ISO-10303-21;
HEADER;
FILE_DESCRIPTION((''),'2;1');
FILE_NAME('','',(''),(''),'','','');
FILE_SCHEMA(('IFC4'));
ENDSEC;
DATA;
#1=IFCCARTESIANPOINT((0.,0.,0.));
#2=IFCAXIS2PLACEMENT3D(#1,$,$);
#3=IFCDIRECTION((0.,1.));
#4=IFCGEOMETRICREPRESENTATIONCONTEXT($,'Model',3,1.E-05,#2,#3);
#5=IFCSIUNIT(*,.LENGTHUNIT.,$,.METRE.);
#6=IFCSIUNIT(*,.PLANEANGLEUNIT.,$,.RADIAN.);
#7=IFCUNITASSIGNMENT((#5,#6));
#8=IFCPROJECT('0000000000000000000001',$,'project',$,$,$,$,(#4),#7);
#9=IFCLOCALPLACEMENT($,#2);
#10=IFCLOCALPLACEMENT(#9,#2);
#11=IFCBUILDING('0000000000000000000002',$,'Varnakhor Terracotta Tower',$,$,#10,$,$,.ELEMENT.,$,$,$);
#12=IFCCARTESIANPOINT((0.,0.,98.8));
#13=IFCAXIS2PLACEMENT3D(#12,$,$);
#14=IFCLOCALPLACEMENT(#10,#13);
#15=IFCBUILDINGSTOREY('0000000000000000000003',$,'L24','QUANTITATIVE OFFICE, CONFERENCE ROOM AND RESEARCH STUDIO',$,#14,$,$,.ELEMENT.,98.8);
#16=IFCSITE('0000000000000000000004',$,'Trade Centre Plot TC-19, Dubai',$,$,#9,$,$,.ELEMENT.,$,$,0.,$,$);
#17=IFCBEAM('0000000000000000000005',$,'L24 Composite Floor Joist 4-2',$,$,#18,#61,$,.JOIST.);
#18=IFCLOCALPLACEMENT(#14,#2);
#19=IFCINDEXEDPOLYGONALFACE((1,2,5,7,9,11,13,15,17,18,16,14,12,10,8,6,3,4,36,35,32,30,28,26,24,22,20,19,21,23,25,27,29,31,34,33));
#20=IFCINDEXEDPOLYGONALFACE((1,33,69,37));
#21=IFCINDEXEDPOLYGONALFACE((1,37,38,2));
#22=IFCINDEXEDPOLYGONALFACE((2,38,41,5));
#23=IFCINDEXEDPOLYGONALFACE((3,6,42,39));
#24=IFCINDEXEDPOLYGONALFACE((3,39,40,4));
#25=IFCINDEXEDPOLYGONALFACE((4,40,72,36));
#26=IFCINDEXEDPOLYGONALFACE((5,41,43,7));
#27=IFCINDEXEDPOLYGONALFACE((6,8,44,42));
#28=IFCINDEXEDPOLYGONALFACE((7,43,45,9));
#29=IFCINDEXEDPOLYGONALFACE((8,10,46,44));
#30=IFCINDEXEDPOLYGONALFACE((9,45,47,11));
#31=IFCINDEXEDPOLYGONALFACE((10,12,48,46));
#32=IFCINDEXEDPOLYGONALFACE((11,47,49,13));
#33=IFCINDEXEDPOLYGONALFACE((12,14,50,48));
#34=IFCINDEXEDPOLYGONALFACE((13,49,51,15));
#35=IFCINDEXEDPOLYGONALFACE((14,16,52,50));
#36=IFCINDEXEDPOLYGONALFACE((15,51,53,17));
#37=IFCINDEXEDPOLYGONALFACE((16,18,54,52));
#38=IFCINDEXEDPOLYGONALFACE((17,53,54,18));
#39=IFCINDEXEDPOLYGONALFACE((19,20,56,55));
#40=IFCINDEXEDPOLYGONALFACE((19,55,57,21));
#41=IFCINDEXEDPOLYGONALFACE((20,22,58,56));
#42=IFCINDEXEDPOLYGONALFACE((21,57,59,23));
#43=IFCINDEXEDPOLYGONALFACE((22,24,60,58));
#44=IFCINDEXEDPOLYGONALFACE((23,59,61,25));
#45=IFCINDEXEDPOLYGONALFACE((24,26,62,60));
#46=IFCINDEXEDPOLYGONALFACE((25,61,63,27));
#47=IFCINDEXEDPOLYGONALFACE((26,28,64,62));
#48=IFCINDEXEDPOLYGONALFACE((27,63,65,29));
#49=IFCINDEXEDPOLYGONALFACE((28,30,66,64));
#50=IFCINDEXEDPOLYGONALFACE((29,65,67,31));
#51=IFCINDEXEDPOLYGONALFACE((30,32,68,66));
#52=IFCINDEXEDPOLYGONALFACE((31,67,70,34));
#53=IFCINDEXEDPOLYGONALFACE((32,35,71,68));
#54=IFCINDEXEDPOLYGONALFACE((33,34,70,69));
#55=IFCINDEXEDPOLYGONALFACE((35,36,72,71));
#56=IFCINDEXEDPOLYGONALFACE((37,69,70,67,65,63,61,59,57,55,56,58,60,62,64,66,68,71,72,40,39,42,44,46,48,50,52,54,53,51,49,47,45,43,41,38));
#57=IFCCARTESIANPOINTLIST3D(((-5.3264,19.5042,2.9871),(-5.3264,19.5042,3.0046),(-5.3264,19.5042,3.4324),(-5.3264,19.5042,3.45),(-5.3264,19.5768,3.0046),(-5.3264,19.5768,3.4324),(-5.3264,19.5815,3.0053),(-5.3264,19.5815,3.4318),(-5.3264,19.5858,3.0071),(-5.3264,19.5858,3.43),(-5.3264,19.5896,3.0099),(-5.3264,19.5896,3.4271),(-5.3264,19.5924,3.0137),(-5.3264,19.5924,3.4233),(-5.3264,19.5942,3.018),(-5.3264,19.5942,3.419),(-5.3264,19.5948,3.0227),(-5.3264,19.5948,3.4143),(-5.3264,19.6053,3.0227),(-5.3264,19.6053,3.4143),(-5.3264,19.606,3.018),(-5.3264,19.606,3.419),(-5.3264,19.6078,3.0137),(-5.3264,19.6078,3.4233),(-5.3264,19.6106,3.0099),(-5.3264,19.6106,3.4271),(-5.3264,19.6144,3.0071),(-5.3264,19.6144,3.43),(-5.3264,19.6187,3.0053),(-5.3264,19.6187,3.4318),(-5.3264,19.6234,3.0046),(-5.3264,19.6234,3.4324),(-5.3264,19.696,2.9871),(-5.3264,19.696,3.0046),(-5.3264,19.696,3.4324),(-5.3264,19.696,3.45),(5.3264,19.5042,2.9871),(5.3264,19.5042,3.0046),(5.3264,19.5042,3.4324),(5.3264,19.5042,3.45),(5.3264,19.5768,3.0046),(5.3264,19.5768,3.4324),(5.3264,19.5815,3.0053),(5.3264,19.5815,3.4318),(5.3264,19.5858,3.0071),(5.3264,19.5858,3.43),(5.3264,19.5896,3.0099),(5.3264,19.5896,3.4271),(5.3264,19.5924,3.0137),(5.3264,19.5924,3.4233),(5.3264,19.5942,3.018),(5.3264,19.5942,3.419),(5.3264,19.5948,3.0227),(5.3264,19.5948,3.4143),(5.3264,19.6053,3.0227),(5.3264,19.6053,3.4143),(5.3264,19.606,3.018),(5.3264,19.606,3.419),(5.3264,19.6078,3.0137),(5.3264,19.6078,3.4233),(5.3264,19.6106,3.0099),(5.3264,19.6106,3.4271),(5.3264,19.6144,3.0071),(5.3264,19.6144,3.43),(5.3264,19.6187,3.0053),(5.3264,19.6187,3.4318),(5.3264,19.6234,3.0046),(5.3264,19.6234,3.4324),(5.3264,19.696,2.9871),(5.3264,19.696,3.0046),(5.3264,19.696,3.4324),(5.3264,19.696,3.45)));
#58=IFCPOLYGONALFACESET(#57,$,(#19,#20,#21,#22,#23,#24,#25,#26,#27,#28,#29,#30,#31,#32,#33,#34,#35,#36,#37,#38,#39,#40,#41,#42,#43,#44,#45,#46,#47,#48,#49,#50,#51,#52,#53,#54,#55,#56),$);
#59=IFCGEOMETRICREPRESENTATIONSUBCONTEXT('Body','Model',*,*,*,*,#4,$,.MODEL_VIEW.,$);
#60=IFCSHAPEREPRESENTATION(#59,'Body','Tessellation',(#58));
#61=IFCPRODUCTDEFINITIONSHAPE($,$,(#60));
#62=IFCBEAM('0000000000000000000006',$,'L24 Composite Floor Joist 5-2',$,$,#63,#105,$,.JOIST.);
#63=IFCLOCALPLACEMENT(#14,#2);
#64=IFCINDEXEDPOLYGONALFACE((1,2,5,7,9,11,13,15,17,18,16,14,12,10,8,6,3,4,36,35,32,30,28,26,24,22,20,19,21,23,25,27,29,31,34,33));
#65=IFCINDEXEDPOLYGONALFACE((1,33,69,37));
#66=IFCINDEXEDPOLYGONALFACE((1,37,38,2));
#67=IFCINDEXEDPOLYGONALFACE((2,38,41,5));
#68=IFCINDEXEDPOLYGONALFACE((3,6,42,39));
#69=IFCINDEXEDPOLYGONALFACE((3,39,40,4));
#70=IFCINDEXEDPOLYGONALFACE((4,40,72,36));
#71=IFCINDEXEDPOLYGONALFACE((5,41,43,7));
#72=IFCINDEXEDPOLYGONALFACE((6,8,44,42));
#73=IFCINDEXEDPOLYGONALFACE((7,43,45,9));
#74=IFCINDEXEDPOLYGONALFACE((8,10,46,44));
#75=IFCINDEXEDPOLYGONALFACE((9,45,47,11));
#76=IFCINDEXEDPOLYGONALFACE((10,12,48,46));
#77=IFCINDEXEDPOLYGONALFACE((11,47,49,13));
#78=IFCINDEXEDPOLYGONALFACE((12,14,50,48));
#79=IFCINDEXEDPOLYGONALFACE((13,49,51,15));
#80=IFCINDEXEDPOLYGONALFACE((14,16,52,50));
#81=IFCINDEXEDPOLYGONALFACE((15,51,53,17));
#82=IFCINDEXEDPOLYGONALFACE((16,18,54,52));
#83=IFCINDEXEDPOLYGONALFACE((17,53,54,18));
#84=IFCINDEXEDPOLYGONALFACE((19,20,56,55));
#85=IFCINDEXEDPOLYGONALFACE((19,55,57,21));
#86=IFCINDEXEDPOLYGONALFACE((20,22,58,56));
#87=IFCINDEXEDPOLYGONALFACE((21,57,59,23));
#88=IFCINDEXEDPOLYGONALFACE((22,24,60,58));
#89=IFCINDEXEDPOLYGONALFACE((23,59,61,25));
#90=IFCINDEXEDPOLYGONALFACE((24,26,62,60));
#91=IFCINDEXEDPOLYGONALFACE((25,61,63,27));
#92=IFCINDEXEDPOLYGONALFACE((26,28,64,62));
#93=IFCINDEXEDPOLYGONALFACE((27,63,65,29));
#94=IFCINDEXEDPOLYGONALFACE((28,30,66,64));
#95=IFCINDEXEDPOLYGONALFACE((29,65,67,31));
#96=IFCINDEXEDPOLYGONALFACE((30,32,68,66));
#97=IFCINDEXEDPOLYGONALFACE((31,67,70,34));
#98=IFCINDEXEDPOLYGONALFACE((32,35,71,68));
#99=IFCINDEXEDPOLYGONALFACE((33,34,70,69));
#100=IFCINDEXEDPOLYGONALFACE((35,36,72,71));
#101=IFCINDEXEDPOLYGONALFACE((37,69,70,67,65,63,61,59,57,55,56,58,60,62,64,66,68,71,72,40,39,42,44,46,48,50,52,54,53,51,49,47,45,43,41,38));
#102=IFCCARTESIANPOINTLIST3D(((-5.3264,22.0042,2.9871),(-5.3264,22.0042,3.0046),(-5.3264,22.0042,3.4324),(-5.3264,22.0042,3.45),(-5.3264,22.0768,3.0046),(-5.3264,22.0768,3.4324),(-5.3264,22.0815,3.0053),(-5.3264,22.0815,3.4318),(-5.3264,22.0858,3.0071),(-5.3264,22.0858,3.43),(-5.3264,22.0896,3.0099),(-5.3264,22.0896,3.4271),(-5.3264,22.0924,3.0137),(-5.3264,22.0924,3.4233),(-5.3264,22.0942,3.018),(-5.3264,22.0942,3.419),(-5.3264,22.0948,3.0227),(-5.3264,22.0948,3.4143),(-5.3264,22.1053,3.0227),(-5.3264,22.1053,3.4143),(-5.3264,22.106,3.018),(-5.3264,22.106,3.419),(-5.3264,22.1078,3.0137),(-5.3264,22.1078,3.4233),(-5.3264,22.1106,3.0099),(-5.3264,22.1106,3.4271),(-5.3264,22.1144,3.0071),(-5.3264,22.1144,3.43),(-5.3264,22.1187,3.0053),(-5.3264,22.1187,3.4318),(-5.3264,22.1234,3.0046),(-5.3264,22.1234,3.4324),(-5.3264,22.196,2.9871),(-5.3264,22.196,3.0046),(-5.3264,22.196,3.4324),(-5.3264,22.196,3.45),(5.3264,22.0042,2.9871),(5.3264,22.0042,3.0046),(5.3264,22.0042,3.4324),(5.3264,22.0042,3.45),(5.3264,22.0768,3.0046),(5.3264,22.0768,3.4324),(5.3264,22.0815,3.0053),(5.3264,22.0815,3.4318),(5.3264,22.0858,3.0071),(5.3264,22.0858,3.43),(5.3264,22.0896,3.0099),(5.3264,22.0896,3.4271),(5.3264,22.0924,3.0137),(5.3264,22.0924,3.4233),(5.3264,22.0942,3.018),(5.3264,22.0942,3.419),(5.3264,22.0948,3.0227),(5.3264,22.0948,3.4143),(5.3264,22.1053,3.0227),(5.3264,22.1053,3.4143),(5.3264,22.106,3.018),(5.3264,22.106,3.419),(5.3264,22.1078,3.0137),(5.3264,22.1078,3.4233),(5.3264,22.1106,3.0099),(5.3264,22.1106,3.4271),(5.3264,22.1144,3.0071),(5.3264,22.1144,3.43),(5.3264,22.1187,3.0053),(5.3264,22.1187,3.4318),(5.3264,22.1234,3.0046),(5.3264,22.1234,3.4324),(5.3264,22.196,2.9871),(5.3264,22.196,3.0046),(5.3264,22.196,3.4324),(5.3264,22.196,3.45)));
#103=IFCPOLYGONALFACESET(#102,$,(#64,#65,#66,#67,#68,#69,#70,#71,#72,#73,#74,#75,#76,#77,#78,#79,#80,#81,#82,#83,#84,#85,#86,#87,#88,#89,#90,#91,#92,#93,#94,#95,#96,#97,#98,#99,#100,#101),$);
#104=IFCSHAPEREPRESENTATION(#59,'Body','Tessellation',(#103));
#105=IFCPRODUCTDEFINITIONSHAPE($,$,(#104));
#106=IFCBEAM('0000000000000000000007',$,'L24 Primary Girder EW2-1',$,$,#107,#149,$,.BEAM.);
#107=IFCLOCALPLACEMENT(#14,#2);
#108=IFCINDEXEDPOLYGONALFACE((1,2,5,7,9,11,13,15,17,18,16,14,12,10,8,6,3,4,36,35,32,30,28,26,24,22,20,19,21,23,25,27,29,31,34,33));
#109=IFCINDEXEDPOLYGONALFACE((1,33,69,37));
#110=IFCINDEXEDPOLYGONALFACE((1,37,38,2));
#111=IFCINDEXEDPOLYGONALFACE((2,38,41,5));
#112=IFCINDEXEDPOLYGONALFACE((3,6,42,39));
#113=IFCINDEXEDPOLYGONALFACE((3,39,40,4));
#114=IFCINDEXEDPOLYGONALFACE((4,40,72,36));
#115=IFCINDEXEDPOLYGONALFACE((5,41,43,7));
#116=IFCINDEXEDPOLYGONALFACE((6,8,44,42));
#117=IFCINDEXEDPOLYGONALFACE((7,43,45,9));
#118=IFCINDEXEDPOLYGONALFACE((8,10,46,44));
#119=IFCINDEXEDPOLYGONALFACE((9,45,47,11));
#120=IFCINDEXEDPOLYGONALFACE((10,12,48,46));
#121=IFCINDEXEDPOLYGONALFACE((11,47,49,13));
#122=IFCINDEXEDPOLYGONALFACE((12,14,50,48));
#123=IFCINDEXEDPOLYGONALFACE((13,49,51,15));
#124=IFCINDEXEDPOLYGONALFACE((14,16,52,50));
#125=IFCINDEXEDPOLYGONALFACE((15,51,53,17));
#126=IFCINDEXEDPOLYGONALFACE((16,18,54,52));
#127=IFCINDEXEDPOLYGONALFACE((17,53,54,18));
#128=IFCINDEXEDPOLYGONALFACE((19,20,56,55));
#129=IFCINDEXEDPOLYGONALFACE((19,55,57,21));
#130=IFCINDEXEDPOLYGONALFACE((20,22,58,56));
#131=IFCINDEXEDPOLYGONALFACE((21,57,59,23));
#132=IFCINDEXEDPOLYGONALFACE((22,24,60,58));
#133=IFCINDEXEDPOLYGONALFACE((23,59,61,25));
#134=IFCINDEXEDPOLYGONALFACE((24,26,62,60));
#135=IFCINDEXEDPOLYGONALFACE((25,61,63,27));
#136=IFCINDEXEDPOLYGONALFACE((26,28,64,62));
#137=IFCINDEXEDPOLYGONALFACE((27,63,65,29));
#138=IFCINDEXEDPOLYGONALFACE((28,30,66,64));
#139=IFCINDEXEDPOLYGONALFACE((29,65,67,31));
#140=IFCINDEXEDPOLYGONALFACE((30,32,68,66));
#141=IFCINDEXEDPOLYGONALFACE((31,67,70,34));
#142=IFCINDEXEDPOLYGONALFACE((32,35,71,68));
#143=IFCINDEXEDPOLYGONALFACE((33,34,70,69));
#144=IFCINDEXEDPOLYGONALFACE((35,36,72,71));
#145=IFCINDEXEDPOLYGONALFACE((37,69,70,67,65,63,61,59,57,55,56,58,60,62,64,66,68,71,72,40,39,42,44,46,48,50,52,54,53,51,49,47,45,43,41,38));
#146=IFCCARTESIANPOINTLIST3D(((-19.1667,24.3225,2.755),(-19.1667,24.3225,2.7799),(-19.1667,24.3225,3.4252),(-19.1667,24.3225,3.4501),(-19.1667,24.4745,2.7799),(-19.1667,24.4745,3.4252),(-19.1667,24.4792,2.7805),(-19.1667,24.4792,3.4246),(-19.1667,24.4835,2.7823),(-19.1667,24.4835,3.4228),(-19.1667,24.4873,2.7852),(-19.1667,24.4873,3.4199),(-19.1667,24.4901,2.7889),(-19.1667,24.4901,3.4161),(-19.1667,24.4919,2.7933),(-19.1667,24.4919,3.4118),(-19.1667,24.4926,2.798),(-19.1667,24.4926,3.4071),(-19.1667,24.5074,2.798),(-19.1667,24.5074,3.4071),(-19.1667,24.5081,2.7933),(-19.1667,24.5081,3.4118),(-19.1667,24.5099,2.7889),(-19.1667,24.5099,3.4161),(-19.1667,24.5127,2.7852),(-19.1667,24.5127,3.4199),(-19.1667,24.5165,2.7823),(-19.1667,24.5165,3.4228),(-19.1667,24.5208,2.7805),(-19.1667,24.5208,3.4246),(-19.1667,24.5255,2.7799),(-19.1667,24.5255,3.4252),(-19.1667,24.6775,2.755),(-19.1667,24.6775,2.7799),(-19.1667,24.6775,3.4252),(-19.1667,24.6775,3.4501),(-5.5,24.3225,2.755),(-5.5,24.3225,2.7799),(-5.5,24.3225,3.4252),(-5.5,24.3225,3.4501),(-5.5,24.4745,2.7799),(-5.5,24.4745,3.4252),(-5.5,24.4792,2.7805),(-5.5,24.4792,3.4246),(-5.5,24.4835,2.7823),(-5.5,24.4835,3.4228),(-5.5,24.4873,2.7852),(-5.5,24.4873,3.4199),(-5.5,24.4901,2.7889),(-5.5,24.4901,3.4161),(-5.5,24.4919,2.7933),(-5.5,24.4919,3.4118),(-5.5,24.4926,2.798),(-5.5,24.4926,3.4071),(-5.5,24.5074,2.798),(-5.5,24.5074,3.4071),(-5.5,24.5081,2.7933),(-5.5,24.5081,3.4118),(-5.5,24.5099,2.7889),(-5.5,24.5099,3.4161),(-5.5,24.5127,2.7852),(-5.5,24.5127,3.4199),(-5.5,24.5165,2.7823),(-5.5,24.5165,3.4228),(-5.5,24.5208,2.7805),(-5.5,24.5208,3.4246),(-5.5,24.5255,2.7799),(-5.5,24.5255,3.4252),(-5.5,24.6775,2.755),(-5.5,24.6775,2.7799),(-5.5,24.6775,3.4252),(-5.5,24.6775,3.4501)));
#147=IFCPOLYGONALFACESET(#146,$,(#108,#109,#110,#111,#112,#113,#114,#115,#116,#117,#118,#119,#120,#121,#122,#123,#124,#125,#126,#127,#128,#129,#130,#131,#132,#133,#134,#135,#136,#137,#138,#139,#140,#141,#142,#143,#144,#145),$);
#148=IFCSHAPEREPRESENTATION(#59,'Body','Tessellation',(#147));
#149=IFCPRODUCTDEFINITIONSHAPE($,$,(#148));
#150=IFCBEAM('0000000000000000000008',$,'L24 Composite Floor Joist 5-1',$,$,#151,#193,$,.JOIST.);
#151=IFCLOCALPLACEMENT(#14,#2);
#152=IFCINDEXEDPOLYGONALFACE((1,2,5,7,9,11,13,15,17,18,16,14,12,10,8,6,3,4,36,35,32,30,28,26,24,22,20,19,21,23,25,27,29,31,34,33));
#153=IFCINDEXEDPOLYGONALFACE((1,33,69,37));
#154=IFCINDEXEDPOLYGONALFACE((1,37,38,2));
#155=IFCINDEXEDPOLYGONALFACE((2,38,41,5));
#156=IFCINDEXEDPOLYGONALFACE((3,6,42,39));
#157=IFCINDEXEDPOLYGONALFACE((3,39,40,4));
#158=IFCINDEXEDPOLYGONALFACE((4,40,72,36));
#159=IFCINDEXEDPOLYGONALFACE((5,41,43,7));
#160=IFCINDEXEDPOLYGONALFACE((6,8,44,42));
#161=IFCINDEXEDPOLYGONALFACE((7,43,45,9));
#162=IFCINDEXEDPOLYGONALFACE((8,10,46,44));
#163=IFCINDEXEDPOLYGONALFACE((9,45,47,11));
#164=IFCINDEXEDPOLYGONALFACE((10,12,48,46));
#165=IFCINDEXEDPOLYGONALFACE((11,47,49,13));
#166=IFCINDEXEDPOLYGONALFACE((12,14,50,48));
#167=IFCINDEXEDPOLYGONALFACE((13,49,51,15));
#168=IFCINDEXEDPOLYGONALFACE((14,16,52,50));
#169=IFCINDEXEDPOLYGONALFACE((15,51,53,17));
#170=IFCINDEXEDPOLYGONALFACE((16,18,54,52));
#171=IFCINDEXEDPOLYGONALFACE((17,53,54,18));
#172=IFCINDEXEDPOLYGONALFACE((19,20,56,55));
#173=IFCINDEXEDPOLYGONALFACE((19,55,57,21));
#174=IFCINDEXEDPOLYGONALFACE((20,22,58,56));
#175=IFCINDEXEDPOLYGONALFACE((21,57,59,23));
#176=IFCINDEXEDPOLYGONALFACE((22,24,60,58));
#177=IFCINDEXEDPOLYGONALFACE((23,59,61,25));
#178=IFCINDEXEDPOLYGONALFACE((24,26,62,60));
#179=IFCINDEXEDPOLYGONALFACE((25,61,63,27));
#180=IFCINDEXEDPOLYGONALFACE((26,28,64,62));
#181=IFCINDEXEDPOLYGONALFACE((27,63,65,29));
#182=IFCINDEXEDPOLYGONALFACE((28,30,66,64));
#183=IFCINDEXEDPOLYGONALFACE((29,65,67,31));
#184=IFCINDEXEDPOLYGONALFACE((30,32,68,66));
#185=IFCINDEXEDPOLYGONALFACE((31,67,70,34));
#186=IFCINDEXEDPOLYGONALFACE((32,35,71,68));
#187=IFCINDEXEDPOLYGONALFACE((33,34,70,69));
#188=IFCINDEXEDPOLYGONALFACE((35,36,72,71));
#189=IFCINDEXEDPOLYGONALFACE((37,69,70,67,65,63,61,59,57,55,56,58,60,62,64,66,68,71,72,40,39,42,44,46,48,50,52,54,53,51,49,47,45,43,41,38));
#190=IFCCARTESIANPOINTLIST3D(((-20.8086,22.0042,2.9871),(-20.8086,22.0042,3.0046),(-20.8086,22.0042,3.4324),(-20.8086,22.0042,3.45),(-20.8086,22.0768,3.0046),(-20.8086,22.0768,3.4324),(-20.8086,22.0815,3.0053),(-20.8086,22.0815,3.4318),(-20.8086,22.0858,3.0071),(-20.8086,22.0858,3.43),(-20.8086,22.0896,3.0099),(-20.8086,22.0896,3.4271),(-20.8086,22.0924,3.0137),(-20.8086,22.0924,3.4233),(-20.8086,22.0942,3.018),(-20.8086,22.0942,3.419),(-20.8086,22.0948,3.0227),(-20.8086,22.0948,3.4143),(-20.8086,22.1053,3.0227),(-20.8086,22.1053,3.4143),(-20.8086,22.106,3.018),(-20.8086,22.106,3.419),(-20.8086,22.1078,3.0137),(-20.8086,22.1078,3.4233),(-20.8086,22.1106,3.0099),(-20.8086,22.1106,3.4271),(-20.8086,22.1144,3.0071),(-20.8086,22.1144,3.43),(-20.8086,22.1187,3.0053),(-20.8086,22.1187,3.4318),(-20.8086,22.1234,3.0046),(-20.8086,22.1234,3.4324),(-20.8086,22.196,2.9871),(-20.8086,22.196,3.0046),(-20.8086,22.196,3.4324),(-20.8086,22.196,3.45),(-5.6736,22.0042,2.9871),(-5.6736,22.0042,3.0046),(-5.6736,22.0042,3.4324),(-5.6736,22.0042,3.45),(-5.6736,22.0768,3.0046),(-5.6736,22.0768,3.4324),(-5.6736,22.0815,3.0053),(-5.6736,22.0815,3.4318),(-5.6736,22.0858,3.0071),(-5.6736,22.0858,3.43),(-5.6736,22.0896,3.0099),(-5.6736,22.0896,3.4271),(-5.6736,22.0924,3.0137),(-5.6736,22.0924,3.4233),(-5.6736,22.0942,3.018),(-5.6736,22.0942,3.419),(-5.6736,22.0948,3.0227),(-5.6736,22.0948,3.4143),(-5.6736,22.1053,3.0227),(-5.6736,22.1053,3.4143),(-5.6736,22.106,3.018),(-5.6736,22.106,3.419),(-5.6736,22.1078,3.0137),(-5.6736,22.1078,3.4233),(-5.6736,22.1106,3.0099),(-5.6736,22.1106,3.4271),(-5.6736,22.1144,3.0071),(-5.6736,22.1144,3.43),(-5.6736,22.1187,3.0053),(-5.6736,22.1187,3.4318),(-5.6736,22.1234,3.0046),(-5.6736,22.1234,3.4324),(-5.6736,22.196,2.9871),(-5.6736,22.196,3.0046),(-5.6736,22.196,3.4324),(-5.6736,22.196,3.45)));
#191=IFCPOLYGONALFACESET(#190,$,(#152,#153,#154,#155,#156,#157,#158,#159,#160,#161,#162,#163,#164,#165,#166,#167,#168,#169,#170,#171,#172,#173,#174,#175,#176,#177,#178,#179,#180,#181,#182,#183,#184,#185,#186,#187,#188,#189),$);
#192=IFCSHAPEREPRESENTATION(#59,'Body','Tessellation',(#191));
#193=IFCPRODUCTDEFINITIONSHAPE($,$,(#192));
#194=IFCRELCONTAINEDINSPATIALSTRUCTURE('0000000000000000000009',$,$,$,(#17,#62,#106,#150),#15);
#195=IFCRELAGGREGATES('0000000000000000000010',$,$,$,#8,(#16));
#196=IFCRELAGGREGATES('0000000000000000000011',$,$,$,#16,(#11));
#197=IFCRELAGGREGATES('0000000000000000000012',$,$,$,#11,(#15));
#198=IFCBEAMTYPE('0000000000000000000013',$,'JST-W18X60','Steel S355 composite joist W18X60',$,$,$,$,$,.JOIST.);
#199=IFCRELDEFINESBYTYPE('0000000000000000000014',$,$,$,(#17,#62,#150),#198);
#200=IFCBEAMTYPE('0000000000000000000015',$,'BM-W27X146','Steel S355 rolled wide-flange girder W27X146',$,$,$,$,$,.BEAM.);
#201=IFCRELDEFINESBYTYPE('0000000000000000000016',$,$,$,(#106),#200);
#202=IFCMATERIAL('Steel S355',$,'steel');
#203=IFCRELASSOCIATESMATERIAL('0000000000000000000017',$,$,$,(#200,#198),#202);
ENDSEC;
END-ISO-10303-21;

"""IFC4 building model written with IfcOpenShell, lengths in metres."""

from ifc_helpers import new_model, si_unit, direction, frame, origin, origin_2d, place, context, subcontext, project, spatial, i_section, extrude, source, transform, mapped, material, material_profile, profile_set, type_object, element, save


model = new_model("IFC4")

# Units and contexts
model_context = context("Model", 3, precision=1e-05, world=origin(), true_north=direction((0.0, 1.0)))
body_context = subcontext(model_context, "Body", "Model", "MODEL_VIEW")
ifc_project = project(units=[si_unit("LENGTHUNIT", "METRE"), si_unit("PLANEANGLEUNIT", "RADIAN")], contexts=[model_context])

# Site, building, storey
site_placement = place(None, origin())
site = spatial("IfcSite", under=ifc_project, at=site_placement, Name="Trade Centre Plot TC-19, Dubai", CompositionType="ELEMENT", RefElevation=0.0)
building_placement = place(site_placement, origin())
building = spatial("IfcBuilding", under=site, at=building_placement, Name="Varnakhor Terracotta Tower", CompositionType="ELEMENT")
storey_placement = place(building_placement, frame((0.0, 0.0, 98.8)))
storey = spatial("IfcBuildingStorey", under=building, at=storey_placement, Name="L24", Description="QUANTITATIVE OFFICE, CONFERENCE ROOM AND RESEARCH STUDIO", CompositionType="ELEMENT", Elevation=98.8)

# Beams
ifc_material_1 = material(Name="Steel S355", Category="steel")
ifc_material_profile_1 = material_profile(ifc_material_1, i_section(OverallWidth=0.355, OverallDepth=0.6951, WebThickness=0.0149, FlangeThickness=0.0249, FilletRadius=0.0181, at=origin_2d()), Name="W27X146")
ifc_profile_set_1 = profile_set([ifc_material_profile_1], Name="Steel S355")
beam_type_1 = type_object("IfcBeamType", Name="BM-W27X146", Description="Steel S355 rolled wide-flange girder W27X146", PredefinedType="BEAM", material=ifc_profile_set_1)
ifc_material_profile_2 = material_profile(ifc_material_1, i_section(OverallWidth=0.1919, OverallDepth=0.4629, WebThickness=0.0105, FlangeThickness=0.0176, FilletRadius=0.0181, at=origin_2d()), Name="W18X60")
ifc_profile_set_2 = profile_set([ifc_material_profile_2], Name="Steel S355")
beam_type_2 = type_object("IfcBeamType", Name="JST-W18X60", Description="Steel S355 composite joist W18X60", PredefinedType="JOIST", material=ifc_profile_set_2)
shared_shape_1 = source(origin(), body_context, "Body", "SweptSolid", [
    extrude(i_section(OverallWidth=0.1919, OverallDepth=0.4629, WebThickness=0.0105, FlangeThickness=0.0176, FilletRadius=0.0181, at=origin_2d()), origin(), (0.0, 0.0, 1.0), 10.6528),
])
for number, where, z_axis, x_axis, name in (
    (1, (-5.3264, 19.6001, 3.2185), (1.0, 0.0, 0.0), (0.0, 1.0, 0.0), "L24 Composite Floor Joist 4-2"),
    (2, (-5.3264, 22.1001, 3.2185), (1.0, 0.0, 0.0), (0.0, 1.0, 0.0), "L24 Composite Floor Joist 5-2"),
):
    element("IfcBeam", number, at=place(storey_placement, frame(where, z_axis=z_axis, x_axis=x_axis)), inside=storey, type_object=beam_type_2, Name=name, PredefinedType="JOIST", context=body_context, shape_type="MappedRepresentation", body=[
        mapped(shared_shape_1, transform((0.0, 0.0, 0.0), scale=1.0)),
    ])
shared_shape_2 = source(origin(), body_context, "Body", "SweptSolid", [
    extrude(i_section(OverallWidth=0.355, OverallDepth=0.6951, WebThickness=0.0149, FlangeThickness=0.0249, FilletRadius=0.0181, at=origin_2d()), origin(), (0.0, 0.0, 1.0), 13.6667),
])
beam_1_placement = place(storey_placement, frame((-19.1667, 24.5, 3.1025), z_axis=(1.0, 0.0, 0.0), x_axis=(0.0, 1.0, 0.0)))
element("IfcBeam", 3, at=beam_1_placement, inside=storey, type_object=beam_type_1, Name="L24 Primary Girder EW2-1", PredefinedType="BEAM", context=body_context, shape_type="MappedRepresentation", body=[
    mapped(shared_shape_2, transform((0.0, 0.0, 0.0), scale=1.0)),
])
shared_shape_3 = source(origin(), body_context, "Body", "SweptSolid", [
    extrude(i_section(OverallWidth=0.1919, OverallDepth=0.4629, WebThickness=0.0105, FlangeThickness=0.0176, FilletRadius=0.0181, at=origin_2d()), origin(), (0.0, 0.0, 1.0), 15.135),
])
beam_2_placement = place(storey_placement, frame((-20.8086, 22.1001, 3.2185), z_axis=(1.0, 0.0, 0.0), x_axis=(0.0, 1.0, 0.0)))
element("IfcBeam", 4, at=beam_2_placement, inside=storey, type_object=beam_type_2, Name="L24 Composite Floor Joist 5-1", PredefinedType="JOIST", context=body_context, shape_type="MappedRepresentation", body=[
    mapped(shared_shape_3, transform((0.0, 0.0, 0.0), scale=1.0)),
])

save(model, "model.ifc")
